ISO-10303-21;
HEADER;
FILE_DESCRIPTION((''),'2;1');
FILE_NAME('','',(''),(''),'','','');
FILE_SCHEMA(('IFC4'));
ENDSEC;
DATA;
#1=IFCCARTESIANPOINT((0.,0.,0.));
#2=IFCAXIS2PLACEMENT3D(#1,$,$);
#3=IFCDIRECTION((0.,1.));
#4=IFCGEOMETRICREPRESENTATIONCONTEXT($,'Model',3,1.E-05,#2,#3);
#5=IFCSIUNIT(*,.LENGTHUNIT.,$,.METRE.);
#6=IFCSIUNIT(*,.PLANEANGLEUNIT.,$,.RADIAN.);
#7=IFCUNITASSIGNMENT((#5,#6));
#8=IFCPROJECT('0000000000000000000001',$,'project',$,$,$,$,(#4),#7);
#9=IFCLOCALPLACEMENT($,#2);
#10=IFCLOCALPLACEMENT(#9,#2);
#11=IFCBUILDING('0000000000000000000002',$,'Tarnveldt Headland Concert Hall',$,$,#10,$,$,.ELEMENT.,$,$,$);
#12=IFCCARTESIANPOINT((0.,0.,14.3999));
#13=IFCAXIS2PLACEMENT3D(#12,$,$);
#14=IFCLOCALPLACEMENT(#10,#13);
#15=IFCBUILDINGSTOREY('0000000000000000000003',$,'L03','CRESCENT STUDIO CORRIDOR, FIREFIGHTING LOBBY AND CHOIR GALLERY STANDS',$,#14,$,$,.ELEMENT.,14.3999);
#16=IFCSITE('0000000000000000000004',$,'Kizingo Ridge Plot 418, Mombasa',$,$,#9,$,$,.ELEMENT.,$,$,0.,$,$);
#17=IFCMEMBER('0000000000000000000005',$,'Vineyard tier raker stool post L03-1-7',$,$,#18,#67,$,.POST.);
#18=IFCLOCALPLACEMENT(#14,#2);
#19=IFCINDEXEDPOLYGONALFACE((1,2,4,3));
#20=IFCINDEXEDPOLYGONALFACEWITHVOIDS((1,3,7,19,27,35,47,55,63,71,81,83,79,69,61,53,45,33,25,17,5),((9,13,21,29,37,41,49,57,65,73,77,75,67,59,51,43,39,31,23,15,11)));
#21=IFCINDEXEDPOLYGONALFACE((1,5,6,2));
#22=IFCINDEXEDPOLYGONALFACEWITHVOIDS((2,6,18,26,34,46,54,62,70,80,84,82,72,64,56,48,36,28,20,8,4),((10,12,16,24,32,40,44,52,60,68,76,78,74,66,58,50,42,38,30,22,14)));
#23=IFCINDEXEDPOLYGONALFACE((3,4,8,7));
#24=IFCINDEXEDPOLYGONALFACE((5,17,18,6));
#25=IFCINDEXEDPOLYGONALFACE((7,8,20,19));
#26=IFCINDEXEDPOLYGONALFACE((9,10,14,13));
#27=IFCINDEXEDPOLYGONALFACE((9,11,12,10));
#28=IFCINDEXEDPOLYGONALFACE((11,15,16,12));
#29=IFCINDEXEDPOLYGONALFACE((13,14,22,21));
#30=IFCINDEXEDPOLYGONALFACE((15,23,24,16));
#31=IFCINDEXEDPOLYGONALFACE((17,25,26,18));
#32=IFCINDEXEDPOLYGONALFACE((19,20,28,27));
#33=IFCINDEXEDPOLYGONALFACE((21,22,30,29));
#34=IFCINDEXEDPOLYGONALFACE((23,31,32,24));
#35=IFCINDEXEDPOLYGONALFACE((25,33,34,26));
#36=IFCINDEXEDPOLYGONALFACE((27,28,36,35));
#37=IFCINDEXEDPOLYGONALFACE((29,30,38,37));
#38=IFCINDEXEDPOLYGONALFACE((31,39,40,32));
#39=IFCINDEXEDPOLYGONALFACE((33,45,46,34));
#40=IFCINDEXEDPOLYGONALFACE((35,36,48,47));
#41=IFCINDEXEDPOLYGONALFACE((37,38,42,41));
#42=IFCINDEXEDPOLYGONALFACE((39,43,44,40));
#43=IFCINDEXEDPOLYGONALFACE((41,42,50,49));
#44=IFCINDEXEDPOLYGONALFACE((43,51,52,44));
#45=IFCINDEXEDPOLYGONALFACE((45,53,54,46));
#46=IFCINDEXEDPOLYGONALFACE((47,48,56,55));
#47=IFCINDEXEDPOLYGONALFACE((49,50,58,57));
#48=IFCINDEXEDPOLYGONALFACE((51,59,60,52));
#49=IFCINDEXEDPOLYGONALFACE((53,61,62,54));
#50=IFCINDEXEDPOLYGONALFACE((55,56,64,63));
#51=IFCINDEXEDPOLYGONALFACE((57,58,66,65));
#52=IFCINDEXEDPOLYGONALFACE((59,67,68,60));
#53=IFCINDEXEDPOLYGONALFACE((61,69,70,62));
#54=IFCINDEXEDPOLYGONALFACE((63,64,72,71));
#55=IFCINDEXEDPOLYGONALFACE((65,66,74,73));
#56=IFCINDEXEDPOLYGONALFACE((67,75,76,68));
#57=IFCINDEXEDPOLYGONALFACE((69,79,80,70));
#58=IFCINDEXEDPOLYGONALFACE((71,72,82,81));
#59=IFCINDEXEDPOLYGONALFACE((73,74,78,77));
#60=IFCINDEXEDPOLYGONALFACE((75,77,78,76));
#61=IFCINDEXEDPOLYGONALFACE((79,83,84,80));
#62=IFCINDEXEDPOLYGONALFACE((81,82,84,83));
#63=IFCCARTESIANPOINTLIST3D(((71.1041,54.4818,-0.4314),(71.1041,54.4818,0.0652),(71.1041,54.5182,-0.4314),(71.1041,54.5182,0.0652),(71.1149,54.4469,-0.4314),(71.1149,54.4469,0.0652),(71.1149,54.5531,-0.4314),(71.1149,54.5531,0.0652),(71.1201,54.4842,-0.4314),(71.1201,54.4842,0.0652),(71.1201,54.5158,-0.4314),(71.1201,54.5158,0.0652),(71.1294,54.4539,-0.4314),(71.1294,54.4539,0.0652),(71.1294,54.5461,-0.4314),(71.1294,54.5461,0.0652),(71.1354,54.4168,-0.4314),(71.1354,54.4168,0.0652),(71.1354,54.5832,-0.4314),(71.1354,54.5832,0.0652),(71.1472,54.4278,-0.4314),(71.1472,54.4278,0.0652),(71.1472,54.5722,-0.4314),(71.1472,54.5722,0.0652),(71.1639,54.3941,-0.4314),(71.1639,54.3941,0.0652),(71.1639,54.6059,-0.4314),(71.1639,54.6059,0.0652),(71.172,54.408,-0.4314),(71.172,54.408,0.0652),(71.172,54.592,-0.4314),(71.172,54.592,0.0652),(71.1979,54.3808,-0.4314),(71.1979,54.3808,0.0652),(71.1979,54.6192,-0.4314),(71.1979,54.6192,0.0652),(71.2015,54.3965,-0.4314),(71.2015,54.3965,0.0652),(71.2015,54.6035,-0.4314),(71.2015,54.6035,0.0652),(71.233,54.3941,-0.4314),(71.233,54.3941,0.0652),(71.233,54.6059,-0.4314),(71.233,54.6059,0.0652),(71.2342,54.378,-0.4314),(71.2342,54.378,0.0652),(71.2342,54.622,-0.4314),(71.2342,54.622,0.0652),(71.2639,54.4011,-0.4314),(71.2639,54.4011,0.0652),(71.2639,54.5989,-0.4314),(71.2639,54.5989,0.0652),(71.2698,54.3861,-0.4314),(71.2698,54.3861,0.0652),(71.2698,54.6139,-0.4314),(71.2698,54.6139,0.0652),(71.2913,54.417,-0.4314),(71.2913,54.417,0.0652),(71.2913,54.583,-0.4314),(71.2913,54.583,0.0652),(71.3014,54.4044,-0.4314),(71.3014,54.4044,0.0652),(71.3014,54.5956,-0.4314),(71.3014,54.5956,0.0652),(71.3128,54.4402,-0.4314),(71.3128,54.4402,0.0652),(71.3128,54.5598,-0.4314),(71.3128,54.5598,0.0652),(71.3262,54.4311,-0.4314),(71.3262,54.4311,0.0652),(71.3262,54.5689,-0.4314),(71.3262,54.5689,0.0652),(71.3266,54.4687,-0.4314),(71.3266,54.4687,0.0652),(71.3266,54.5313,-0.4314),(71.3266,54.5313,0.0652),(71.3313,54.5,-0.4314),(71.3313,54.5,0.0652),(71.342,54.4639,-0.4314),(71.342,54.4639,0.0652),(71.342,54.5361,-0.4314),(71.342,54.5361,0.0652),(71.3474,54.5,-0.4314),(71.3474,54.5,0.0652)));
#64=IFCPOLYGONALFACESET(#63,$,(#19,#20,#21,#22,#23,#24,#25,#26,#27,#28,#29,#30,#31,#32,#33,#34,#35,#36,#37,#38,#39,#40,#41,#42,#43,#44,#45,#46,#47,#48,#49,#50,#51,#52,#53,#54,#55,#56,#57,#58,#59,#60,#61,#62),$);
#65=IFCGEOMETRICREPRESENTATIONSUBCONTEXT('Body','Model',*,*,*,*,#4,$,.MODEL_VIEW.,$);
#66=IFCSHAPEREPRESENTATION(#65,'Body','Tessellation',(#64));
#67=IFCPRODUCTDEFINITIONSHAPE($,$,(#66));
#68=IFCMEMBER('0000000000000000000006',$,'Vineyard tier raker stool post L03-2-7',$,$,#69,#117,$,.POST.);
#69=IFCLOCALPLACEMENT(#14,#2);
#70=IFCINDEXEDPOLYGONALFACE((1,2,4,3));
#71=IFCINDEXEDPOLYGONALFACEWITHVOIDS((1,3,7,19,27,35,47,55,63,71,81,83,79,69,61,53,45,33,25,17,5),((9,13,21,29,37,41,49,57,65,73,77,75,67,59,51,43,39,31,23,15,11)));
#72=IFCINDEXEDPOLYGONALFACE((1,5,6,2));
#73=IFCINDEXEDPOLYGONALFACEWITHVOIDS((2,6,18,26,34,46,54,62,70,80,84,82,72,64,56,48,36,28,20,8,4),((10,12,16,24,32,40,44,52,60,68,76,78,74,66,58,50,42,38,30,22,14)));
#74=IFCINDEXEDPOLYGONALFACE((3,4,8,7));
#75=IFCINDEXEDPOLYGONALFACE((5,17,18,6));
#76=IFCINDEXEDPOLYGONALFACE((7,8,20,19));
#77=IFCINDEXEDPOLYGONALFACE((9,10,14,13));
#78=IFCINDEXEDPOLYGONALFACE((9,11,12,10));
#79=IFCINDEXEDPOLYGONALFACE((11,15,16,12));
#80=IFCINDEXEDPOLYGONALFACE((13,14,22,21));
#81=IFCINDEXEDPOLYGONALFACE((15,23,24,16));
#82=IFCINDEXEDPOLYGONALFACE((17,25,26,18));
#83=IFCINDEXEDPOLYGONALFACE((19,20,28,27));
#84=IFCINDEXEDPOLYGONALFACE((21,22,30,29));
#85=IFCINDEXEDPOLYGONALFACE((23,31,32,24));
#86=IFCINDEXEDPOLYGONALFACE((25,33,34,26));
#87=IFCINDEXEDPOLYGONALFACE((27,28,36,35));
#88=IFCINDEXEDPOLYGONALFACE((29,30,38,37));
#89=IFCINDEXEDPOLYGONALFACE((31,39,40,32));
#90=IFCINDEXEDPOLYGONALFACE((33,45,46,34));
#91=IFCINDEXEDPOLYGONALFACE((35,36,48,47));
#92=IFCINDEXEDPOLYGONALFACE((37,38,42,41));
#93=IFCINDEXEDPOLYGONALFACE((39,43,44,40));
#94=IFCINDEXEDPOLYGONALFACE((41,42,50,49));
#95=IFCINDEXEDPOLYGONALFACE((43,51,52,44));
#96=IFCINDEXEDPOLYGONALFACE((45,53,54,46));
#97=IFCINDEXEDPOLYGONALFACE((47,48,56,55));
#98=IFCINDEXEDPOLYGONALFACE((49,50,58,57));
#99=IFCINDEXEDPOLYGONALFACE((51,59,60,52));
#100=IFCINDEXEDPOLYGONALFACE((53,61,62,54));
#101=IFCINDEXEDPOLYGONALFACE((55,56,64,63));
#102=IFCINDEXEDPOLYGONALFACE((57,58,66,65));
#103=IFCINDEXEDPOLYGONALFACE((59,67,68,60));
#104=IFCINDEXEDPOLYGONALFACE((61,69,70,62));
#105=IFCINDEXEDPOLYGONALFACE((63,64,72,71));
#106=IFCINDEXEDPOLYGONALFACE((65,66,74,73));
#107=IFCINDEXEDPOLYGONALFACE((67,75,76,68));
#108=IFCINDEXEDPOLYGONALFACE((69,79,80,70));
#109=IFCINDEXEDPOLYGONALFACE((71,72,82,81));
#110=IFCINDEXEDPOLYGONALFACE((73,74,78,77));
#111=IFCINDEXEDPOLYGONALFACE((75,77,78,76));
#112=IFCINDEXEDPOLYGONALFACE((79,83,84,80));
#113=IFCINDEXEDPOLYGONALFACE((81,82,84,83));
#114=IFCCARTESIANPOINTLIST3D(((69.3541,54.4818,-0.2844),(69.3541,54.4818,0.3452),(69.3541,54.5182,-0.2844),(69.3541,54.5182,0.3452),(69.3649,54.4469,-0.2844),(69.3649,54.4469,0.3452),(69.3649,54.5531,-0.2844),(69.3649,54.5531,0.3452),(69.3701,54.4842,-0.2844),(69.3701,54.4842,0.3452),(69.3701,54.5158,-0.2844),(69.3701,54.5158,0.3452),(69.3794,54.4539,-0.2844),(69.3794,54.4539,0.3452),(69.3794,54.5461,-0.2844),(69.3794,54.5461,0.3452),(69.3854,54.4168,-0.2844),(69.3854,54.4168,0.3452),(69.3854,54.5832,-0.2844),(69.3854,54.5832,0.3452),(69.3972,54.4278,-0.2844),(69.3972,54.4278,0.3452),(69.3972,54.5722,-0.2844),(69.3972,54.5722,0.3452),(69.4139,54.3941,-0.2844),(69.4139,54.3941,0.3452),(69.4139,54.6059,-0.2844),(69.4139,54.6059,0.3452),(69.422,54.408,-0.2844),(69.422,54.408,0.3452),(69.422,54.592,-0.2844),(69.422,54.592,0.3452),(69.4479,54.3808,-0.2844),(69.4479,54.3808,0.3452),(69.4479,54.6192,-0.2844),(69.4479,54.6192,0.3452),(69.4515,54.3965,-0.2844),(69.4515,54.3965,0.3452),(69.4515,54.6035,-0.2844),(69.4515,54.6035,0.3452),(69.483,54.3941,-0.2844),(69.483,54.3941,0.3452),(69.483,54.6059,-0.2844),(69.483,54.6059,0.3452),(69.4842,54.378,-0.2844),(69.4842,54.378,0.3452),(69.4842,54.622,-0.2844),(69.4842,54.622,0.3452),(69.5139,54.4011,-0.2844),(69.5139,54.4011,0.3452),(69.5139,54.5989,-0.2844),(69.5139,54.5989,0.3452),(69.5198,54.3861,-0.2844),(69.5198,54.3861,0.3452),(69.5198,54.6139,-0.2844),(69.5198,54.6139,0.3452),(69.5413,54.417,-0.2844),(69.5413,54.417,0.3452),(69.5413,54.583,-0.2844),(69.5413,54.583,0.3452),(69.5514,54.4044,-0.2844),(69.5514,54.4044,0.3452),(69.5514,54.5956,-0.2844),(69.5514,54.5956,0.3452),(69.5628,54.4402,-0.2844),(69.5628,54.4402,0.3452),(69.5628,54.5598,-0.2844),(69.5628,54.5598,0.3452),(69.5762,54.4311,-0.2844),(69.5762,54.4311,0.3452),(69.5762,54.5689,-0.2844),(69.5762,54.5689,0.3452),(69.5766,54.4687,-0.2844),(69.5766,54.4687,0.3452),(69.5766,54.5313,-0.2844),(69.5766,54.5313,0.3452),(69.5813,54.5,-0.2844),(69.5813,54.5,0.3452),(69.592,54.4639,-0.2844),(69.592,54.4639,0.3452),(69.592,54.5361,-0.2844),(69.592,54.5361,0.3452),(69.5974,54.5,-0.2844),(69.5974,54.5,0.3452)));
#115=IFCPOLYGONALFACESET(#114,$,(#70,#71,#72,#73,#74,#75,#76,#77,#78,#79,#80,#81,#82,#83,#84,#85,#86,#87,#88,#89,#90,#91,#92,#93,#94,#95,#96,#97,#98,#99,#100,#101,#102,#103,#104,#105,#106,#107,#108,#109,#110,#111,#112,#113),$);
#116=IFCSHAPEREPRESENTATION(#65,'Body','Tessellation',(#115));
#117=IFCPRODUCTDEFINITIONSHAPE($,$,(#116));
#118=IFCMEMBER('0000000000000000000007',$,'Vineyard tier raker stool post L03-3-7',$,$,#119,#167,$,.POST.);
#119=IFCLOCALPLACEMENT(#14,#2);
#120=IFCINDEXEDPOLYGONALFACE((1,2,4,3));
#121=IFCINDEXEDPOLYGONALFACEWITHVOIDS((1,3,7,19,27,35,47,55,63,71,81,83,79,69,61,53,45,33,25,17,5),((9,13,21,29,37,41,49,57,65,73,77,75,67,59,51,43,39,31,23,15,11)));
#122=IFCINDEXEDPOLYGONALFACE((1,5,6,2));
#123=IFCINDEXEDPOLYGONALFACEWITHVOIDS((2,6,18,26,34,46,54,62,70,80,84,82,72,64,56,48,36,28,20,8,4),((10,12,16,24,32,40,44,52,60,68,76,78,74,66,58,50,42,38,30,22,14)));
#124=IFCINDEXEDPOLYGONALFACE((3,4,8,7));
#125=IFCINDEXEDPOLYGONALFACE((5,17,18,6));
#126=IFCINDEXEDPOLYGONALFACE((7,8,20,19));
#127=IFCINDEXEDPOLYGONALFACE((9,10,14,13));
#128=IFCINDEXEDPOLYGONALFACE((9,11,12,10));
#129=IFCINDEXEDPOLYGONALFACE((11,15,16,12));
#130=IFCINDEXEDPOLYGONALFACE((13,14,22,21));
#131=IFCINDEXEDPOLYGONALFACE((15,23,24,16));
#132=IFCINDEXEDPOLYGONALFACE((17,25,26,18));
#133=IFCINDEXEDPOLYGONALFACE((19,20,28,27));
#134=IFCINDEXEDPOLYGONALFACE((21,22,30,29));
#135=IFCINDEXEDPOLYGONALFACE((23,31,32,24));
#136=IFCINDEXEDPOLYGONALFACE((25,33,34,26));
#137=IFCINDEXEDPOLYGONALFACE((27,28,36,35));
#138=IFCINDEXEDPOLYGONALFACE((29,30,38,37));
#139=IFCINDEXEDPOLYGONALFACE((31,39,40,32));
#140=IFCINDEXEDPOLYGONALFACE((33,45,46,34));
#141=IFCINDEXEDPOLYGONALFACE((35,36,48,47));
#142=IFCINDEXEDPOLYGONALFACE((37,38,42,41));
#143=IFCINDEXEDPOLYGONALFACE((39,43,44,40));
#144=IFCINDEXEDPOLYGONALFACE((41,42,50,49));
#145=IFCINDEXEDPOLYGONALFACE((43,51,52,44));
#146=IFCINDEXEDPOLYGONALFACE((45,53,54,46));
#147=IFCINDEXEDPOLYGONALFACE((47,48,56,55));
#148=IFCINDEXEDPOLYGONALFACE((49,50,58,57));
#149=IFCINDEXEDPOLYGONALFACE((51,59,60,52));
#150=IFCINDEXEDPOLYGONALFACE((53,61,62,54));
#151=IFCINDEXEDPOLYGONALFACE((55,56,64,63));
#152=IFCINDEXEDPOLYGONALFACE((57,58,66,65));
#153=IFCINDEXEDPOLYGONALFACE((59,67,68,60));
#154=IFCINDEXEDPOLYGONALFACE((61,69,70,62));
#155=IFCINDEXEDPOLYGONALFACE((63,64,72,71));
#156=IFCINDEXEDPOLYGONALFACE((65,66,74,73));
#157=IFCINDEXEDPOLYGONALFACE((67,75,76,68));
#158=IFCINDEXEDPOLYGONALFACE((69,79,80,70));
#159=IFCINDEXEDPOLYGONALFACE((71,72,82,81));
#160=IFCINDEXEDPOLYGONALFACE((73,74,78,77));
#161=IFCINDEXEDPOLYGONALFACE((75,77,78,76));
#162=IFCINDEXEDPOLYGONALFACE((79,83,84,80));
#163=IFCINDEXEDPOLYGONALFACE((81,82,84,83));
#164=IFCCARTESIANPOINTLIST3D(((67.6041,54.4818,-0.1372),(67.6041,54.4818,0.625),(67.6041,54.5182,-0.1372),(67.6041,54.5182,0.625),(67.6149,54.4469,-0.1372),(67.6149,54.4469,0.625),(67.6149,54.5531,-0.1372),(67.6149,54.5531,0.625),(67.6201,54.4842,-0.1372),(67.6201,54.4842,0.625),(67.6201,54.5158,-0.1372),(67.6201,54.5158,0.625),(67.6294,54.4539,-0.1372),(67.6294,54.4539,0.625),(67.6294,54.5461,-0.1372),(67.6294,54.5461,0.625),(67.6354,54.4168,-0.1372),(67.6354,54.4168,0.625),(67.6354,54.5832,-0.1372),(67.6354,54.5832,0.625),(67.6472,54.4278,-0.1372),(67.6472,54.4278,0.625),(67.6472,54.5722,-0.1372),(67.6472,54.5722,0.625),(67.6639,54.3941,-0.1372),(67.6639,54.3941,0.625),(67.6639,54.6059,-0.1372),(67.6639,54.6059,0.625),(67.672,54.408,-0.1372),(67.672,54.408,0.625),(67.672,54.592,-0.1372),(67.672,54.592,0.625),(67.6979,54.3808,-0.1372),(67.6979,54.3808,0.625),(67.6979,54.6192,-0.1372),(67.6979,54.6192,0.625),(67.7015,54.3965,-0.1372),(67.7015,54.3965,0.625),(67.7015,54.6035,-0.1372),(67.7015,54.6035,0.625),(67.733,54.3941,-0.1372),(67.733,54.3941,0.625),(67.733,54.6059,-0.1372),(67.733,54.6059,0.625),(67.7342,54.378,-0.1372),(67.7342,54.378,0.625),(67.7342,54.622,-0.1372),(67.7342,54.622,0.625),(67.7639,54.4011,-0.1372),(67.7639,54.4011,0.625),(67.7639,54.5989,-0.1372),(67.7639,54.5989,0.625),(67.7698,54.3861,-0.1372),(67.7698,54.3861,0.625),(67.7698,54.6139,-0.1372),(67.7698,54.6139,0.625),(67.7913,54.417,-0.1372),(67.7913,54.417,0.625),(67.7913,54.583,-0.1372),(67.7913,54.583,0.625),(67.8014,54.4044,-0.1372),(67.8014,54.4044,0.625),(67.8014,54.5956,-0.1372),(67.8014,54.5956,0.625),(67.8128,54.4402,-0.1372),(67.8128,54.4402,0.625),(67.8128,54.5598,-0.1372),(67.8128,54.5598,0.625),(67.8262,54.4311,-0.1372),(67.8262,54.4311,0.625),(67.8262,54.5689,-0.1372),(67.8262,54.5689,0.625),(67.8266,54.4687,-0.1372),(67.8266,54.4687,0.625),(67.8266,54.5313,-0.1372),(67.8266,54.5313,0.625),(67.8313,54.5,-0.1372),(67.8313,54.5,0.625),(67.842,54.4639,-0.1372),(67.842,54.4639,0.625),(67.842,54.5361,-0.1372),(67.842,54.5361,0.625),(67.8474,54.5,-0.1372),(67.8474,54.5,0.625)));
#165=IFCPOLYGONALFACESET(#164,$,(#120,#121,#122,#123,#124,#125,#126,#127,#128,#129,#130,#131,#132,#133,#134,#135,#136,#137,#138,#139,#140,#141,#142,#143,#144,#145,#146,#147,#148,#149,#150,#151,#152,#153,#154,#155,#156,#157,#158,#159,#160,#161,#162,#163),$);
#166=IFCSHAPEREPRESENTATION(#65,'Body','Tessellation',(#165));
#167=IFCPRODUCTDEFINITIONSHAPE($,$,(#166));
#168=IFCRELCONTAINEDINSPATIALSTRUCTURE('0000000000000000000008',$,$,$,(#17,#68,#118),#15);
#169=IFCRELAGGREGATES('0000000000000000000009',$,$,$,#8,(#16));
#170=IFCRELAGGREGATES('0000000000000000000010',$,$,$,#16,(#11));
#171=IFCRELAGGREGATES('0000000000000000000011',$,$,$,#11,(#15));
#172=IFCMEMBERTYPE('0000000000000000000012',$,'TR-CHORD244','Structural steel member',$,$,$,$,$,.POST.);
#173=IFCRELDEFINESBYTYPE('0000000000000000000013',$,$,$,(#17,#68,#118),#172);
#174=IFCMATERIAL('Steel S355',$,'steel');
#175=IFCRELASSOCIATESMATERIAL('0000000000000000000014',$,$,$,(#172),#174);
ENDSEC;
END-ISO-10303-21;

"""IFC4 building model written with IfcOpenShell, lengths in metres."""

from ifc_helpers import new_model, si_unit, direction, frame, origin, origin_2d, place, context, subcontext, project, spatial, hollow_circle, extrude, material, material_profile, profile_set, type_object, element, save


model = new_model("IFC4")

# Units and contexts
model_context = context("Model", 3, precision=1e-05, world=origin(), true_north=direction((0.0, 1.0)))
body_context = subcontext(model_context, "Body", "Model", "MODEL_VIEW")
ifc_project = project(units=[si_unit("LENGTHUNIT", "METRE"), si_unit("PLANEANGLEUNIT", "RADIAN")], contexts=[model_context])

# Site, building, storey
site_placement = place(None, origin())
site = spatial("IfcSite", under=ifc_project, at=site_placement, Name="Kizingo Ridge Plot 418, Mombasa", CompositionType="ELEMENT", RefElevation=0.0)
building_placement = place(site_placement, origin())
building = spatial("IfcBuilding", under=site, at=building_placement, Name="Tarnveldt Headland Concert Hall", CompositionType="ELEMENT")
storey_placement = place(building_placement, frame((0.0, 0.0, 14.3999)))
storey = spatial("IfcBuildingStorey", under=building, at=storey_placement, Name="L03", Description="CRESCENT STUDIO CORRIDOR, FIREFIGHTING LOBBY AND CHOIR GALLERY STANDS", CompositionType="ELEMENT", Elevation=14.3999)

# Shared definitions
ifc_material_1 = material(Name="Steel S355", Category="steel")

# Members
ifc_material_profile_1 = material_profile(ifc_material_1, hollow_circle(Radius=0.1223, WallThickness=0.0161, at=origin_2d()), Name="CHS 244.5x16", Category="steel")
ifc_profile_set_1 = profile_set([ifc_material_profile_1], Name="Steel S355")
member_type = type_object("IfcMemberType", Name="TR-CHORD244", Description="Structural steel member", PredefinedType="POST", material=ifc_profile_set_1)
member_1_placement = place(storey_placement, frame((71.2251, 54.5, -0.4314), z_axis=(0.0, 0.0, 1.0), x_axis=(1.0, 0.0, 0.0)))
element("IfcMember", 1, at=member_1_placement, inside=storey, type_object=member_type, Name="Vineyard tier raker stool post L03-1-7", PredefinedType="POST", context=body_context, shape_type="SweptSolid", body=[
    extrude(hollow_circle(Radius=0.1223, WallThickness=0.0161, at=origin_2d()), origin(), (0.0, 0.0, 1.0), 0.4966),
])
member_2_placement = place(storey_placement, frame((69.4751, 54.5, -0.2844), z_axis=(0.0, 0.0, 1.0), x_axis=(1.0, 0.0, 0.0)))
element("IfcMember", 2, at=member_2_placement, inside=storey, type_object=member_type, Name="Vineyard tier raker stool post L03-2-7", PredefinedType="POST", context=body_context, shape_type="SweptSolid", body=[
    extrude(hollow_circle(Radius=0.1223, WallThickness=0.0161, at=origin_2d()), origin(), (0.0, 0.0, 1.0), 0.6296),
])
member_3_placement = place(storey_placement, frame((67.7251, 54.5, -0.1372), z_axis=(0.0, 0.0, 1.0), x_axis=(1.0, 0.0, 0.0)))
element("IfcMember", 3, at=member_3_placement, inside=storey, type_object=member_type, Name="Vineyard tier raker stool post L03-3-7", PredefinedType="POST", context=body_context, shape_type="SweptSolid", body=[
    extrude(hollow_circle(Radius=0.1223, WallThickness=0.0161, at=origin_2d()), origin(), (0.0, 0.0, 1.0), 0.7622),
])

save(model, "model.ifc")
